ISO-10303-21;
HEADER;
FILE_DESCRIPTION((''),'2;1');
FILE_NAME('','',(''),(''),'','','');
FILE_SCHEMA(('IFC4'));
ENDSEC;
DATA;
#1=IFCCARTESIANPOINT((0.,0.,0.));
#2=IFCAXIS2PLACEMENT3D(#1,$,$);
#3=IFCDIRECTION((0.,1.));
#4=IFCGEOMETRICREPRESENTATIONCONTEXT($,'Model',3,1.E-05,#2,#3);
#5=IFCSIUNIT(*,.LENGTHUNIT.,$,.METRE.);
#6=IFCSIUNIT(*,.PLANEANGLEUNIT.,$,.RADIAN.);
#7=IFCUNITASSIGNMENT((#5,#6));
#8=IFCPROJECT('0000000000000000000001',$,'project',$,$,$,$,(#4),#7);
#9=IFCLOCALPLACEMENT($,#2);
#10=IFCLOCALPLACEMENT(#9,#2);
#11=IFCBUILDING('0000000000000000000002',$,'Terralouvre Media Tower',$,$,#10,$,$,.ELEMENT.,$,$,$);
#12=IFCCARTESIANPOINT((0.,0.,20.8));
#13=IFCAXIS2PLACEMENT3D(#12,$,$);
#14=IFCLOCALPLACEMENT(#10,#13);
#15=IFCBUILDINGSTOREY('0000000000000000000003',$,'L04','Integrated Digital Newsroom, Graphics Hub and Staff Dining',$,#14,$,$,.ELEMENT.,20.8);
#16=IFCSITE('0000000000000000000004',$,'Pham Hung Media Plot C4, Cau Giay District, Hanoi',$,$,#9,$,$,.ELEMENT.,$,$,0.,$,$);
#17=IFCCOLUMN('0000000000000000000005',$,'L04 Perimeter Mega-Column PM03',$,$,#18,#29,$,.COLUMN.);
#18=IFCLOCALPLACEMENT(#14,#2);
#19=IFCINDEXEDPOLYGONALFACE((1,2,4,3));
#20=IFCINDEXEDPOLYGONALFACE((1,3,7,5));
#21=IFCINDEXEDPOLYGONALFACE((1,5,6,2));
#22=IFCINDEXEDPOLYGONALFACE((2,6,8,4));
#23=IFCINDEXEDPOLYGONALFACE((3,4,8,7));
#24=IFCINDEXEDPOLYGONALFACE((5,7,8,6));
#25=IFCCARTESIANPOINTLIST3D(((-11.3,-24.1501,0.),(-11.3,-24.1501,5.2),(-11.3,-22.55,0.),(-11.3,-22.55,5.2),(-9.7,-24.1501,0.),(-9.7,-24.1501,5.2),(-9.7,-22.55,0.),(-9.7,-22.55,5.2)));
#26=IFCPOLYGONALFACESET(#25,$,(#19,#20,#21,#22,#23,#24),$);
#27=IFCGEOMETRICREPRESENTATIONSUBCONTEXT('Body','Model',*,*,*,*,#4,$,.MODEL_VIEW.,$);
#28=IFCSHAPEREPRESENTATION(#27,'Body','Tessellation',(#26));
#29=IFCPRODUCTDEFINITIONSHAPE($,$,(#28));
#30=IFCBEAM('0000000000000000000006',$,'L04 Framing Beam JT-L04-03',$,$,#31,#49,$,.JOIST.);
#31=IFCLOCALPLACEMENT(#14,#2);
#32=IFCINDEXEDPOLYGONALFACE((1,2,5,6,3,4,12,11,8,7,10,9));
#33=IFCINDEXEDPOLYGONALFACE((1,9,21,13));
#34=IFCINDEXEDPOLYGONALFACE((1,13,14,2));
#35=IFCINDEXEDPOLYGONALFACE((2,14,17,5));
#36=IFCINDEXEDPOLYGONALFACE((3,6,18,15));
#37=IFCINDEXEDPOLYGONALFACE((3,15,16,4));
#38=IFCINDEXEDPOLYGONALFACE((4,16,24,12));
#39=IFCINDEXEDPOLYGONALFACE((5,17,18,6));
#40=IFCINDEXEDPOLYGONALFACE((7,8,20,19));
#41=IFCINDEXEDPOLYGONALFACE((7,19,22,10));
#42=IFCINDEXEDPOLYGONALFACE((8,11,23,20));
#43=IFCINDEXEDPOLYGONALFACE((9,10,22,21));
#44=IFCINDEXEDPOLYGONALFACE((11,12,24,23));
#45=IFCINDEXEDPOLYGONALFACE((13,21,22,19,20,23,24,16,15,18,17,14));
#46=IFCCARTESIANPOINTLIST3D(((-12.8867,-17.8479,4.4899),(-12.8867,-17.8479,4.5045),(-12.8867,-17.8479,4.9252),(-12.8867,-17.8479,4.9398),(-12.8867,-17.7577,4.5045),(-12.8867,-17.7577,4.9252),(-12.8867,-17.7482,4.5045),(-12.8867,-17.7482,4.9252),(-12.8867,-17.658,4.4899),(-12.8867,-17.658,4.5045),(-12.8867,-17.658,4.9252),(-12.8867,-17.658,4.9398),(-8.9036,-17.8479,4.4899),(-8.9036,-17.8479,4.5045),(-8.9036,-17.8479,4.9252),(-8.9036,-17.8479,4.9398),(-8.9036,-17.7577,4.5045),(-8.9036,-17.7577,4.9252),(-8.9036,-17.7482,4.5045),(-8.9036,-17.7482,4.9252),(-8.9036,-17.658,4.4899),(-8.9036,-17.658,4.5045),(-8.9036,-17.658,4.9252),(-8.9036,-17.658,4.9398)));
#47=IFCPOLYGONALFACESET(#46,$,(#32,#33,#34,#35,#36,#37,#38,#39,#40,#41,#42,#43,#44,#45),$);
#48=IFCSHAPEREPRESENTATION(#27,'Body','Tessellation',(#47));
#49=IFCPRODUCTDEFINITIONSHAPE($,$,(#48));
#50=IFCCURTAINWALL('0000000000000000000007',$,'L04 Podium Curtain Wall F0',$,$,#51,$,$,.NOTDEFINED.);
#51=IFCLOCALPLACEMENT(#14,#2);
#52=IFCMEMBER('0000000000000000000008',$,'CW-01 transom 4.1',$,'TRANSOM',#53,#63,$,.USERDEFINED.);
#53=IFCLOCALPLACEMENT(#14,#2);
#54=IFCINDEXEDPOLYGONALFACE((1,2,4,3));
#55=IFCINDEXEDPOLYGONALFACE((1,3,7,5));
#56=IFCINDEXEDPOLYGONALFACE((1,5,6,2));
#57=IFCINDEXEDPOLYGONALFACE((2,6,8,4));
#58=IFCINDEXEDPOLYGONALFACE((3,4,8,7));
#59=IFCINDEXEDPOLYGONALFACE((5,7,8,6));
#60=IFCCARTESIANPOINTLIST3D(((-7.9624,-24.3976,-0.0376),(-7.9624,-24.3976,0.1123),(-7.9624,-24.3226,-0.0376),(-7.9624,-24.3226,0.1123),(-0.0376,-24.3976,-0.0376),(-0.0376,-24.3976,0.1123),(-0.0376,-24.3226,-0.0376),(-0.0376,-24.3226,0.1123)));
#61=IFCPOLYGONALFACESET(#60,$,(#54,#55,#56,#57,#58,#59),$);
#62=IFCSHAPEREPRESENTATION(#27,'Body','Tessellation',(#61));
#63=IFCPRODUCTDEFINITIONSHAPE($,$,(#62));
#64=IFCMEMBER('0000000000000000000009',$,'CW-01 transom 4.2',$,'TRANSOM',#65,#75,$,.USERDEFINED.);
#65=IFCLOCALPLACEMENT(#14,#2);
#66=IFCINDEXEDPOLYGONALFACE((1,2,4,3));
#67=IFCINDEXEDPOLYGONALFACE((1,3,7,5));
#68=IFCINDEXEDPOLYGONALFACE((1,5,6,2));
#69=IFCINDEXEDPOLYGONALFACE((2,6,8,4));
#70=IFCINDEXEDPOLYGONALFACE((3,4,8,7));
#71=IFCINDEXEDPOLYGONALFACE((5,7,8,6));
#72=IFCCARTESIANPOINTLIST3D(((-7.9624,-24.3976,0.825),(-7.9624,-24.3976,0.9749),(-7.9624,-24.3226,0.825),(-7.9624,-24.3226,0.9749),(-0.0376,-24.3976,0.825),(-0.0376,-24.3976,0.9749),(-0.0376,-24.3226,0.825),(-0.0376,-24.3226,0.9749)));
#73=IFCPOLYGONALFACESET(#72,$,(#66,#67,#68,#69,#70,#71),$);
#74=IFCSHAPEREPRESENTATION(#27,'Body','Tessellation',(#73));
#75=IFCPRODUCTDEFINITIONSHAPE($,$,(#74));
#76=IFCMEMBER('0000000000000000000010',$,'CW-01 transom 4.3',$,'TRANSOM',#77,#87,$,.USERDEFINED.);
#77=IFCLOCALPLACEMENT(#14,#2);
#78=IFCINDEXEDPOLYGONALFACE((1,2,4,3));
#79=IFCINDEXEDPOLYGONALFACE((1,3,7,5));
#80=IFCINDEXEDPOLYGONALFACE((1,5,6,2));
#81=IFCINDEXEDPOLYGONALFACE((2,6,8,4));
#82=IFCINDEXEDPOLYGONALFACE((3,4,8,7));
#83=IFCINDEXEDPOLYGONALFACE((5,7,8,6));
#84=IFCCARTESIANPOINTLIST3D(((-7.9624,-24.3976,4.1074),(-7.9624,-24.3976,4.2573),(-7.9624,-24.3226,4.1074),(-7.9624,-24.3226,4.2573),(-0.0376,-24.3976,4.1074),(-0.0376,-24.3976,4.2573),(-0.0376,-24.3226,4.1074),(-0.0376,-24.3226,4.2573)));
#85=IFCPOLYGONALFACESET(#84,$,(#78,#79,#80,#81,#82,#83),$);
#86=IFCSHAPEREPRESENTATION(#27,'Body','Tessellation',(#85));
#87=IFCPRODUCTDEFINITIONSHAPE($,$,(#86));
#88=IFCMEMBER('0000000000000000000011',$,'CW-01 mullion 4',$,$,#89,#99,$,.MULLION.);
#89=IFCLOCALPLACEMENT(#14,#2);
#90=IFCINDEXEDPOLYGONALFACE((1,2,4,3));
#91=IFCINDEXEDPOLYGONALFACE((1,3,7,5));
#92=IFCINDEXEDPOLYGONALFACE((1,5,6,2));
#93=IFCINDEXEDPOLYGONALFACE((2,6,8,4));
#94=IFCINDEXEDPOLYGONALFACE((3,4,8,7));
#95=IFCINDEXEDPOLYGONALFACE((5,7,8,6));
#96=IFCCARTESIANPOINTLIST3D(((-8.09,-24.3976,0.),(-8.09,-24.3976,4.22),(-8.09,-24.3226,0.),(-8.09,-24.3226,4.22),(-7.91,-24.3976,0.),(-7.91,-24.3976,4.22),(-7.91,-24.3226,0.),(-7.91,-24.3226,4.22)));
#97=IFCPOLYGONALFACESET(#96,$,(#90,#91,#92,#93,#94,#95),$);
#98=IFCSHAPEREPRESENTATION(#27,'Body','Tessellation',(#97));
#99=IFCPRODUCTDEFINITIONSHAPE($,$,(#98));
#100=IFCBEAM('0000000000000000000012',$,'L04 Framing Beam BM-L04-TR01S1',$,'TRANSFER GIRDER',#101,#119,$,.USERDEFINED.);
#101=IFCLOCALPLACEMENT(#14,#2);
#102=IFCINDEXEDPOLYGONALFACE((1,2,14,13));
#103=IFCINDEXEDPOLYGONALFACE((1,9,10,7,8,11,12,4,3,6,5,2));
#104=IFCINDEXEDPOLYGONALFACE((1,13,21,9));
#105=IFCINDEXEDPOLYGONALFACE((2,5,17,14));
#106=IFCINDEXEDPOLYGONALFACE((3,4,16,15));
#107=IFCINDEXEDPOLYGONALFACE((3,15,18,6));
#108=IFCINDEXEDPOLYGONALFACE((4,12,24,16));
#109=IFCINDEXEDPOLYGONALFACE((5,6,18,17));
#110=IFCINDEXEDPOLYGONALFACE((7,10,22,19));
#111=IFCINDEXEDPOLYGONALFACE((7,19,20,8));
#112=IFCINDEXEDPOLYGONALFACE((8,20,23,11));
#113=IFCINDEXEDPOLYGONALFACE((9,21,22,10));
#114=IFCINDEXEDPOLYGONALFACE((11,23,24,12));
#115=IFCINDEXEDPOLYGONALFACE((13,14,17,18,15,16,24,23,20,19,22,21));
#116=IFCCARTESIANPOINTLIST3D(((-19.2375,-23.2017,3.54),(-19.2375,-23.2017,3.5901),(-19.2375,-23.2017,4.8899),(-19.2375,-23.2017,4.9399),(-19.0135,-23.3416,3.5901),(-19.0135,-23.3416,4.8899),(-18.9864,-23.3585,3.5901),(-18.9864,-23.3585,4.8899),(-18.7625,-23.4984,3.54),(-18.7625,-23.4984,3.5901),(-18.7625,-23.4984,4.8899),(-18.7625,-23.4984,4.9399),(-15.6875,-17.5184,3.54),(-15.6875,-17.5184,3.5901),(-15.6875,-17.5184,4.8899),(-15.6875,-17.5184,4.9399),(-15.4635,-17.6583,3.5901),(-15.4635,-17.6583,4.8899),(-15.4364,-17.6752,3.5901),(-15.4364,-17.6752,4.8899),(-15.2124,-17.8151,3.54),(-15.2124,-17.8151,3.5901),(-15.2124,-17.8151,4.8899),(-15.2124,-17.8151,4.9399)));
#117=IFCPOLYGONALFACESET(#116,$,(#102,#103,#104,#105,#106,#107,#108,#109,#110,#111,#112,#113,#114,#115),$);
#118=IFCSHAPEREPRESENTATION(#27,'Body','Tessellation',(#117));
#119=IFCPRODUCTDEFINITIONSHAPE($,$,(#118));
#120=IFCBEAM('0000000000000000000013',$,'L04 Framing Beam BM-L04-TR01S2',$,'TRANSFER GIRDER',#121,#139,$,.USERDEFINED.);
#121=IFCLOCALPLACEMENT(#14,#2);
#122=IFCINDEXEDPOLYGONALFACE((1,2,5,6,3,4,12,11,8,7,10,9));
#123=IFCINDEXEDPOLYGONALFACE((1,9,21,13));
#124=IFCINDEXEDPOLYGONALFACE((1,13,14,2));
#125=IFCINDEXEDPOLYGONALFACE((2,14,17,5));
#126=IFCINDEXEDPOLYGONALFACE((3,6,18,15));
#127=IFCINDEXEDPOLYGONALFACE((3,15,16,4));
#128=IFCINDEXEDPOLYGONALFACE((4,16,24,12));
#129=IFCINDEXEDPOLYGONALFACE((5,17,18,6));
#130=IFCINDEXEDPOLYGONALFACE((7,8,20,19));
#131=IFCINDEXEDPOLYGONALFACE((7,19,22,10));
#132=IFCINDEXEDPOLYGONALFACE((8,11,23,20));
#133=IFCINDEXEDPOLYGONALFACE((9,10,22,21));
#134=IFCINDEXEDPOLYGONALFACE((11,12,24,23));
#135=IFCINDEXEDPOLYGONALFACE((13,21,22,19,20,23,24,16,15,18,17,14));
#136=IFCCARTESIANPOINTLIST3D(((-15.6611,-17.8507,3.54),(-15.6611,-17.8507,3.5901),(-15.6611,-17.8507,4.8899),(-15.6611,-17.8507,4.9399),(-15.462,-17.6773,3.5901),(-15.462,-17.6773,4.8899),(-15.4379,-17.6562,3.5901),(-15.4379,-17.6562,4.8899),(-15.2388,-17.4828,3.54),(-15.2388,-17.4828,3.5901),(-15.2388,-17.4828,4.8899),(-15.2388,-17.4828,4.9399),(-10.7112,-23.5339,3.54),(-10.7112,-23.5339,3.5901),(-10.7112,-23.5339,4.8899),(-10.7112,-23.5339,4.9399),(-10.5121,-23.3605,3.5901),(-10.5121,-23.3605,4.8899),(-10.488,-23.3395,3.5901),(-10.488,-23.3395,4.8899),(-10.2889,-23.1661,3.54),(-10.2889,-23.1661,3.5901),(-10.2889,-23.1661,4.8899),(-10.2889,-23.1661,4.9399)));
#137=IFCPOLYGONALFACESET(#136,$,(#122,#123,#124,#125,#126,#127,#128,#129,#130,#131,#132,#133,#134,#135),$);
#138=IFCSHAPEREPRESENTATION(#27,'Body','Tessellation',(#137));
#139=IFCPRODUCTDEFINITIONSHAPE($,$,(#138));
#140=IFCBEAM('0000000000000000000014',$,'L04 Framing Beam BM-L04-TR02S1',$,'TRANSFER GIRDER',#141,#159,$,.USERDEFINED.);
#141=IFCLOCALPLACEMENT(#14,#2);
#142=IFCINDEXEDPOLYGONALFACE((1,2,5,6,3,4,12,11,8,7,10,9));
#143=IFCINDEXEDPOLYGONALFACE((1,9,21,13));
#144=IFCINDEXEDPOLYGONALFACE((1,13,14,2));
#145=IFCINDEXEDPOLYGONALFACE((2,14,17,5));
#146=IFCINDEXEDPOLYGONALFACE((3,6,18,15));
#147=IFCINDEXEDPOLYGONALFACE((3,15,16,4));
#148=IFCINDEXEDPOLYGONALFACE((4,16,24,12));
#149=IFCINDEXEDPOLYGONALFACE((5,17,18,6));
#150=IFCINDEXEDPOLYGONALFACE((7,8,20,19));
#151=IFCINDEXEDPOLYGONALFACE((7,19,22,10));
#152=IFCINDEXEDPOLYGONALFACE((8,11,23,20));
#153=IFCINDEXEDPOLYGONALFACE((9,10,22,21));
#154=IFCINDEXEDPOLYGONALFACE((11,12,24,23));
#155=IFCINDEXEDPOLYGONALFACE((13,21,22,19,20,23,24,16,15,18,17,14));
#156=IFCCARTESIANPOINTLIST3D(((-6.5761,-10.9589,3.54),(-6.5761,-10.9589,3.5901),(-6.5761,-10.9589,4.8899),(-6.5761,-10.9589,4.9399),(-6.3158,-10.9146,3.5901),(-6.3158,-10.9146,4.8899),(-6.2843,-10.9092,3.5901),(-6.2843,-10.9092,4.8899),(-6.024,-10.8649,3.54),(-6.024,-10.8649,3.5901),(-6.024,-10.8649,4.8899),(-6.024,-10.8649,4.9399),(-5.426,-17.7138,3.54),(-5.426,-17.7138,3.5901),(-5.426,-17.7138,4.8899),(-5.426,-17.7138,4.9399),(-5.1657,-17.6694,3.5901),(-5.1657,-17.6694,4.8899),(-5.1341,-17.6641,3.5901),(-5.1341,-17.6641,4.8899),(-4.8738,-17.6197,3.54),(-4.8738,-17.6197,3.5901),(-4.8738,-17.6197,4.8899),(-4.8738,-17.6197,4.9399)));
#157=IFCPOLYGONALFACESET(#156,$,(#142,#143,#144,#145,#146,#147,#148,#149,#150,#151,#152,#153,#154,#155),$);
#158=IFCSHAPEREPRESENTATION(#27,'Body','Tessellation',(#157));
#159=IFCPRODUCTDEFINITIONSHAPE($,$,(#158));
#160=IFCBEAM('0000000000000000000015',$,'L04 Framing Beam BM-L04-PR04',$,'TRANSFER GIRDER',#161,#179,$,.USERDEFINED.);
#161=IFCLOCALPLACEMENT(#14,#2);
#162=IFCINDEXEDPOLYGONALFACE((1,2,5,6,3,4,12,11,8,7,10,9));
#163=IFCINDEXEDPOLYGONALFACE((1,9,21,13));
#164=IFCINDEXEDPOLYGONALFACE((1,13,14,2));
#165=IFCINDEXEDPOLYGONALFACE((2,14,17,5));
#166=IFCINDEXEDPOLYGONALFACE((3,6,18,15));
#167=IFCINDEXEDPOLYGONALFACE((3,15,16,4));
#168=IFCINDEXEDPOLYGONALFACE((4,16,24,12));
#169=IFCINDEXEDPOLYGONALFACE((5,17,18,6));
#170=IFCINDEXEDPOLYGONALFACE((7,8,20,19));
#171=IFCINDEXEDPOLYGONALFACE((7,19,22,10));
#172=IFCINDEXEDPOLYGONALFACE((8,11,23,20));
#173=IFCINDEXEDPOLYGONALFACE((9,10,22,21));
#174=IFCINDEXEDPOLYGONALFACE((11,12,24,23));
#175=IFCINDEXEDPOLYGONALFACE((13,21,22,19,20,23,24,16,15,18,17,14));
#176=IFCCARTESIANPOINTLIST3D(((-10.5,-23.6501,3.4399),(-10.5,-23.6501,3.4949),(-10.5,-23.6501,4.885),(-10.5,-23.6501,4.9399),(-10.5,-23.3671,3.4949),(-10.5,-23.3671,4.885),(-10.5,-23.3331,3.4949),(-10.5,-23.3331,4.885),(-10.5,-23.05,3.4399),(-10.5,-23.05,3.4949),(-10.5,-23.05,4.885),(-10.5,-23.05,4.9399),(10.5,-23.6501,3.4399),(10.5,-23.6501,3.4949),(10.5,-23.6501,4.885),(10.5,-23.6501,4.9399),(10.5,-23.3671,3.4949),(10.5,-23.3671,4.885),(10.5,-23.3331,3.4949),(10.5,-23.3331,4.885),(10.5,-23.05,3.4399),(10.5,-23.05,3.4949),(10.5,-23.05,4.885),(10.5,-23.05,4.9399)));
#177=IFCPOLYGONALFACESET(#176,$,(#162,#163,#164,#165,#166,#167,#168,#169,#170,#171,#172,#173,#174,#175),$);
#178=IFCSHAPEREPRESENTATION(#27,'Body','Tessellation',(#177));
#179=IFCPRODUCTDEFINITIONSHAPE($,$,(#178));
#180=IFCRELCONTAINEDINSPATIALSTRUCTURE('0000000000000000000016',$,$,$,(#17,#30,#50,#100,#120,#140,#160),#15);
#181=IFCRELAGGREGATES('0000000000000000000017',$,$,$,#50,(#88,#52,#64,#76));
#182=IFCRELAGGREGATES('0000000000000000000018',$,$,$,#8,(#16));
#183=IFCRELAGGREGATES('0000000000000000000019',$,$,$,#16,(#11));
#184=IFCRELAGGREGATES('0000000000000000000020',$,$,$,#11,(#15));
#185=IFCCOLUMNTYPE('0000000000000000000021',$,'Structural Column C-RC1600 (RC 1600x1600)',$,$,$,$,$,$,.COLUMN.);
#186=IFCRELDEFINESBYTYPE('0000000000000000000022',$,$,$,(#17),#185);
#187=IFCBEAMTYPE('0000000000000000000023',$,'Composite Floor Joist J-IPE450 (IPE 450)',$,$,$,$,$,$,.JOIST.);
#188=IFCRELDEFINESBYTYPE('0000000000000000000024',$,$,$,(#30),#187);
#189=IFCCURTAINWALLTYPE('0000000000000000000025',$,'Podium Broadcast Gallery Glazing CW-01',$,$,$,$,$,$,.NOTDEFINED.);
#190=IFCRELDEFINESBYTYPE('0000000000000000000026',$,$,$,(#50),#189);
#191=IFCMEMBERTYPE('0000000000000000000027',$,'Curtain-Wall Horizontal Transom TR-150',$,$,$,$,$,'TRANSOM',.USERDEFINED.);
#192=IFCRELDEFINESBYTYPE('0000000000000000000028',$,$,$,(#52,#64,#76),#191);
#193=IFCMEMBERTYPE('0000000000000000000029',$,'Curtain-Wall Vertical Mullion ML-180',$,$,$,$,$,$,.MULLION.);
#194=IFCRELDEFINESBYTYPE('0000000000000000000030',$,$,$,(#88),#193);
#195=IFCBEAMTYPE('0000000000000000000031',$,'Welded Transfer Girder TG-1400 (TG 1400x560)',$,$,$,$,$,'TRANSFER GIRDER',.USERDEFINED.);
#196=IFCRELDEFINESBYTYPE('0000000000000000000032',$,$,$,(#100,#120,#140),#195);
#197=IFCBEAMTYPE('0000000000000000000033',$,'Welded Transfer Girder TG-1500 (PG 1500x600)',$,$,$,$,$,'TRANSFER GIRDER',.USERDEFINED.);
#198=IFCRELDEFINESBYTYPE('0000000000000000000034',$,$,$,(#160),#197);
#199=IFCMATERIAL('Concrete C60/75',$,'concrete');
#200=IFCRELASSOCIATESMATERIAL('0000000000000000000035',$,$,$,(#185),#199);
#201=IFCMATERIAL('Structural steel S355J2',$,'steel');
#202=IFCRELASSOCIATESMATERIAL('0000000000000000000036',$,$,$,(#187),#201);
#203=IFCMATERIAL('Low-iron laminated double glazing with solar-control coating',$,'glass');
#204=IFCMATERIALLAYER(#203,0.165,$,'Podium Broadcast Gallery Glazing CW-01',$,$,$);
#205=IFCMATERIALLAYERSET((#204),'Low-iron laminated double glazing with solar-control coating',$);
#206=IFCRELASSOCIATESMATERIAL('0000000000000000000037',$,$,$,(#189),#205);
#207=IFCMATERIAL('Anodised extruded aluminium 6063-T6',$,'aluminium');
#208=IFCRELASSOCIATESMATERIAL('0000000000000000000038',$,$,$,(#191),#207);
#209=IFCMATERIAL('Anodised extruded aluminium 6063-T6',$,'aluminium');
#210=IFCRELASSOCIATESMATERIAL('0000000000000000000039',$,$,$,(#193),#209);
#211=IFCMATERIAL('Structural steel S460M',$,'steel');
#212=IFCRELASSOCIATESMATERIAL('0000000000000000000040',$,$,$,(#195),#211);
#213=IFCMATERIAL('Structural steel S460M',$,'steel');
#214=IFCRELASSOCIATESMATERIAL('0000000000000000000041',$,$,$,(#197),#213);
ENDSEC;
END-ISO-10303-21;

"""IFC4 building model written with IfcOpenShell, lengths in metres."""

from ifc_helpers import new_model, si_unit, direction, frame, origin, origin_2d, place, context, subcontext, project, spatial, rectangle, i_section, extrude, material, layer, layer_set, material_profile, profile_set, type_object, element, aggregate, save


model = new_model("IFC4")

# Units and contexts
model_context = context("Model", 3, precision=1e-05, world=origin(), true_north=direction((0.0, 1.0)))
body_context = subcontext(model_context, "Body", "Model", "MODEL_VIEW")
ifc_project = project(units=[si_unit("LENGTHUNIT", "METRE"), si_unit("PLANEANGLEUNIT", "RADIAN")], contexts=[model_context])

# Site, building, storey
site_placement = place(None, origin())
site = spatial("IfcSite", under=ifc_project, at=site_placement, Name="Pham Hung Media Plot C4, Cau Giay District, Hanoi", CompositionType="ELEMENT", RefElevation=0.0)
building_placement = place(site_placement, origin())
building = spatial("IfcBuilding", under=site, at=building_placement, Name="Terralouvre Media Tower", CompositionType="ELEMENT")
storey_placement = place(building_placement, frame((0.0, 0.0, 20.8)))
storey = spatial("IfcBuildingStorey", under=building, at=storey_placement, Name="L04", Description="Integrated Digital Newsroom, Graphics Hub and Staff Dining", CompositionType="ELEMENT", Elevation=20.8)

# Column
ifc_material_1 = material(Name="Concrete C60/75", Category="concrete")
ifc_material_profile_1 = material_profile(ifc_material_1, rectangle(XDim=1.6001, YDim=1.6001, at=origin_2d()), Name="RC 1600x1600")
ifc_profile_set_1 = profile_set([ifc_material_profile_1], Name="Concrete C60/75")
column_type = type_object("IfcColumnType", Name="Structural Column C-RC1600 (RC 1600x1600)", PredefinedType="COLUMN", material=ifc_profile_set_1)
column_placement = place(storey_placement, frame((-10.5, -23.3501, 0.0), z_axis=(0.0, 0.0, 1.0), x_axis=(1.0, 0.0, 0.0)))
element("IfcColumn", 1, at=column_placement, inside=storey, type_object=column_type, Name="L04 Perimeter Mega-Column PM03", PredefinedType="COLUMN", context=body_context, shape_type="SweptSolid", body=[
    extrude(rectangle(XDim=1.6001, YDim=1.6001, at=origin_2d()), origin(), (0.0, 0.0, 1.0), 5.2),
])

# Beam
ifc_material_2 = material(Name="Structural steel S355J2", Category="steel")
ifc_material_profile_2 = material_profile(ifc_material_2, i_section(OverallWidth=0.1899, OverallDepth=0.45, WebThickness=0.0095, FlangeThickness=0.0146, at=origin_2d()), Name="IPE 450")
ifc_profile_set_2 = profile_set([ifc_material_profile_2], Name="Structural steel S355J2")
beam_type_1 = type_object("IfcBeamType", Name="Composite Floor Joist J-IPE450 (IPE 450)", PredefinedType="JOIST", material=ifc_profile_set_2)
beam_1_placement = place(storey_placement, frame((-12.8867, -17.7529, 4.7148), z_axis=(1.0, 0.0, 0.0), x_axis=(0.0, 1.0, 0.0)))
element("IfcBeam", 2, at=beam_1_placement, inside=storey, type_object=beam_type_1, Name="L04 Framing Beam JT-L04-03", PredefinedType="JOIST", context=body_context, shape_type="SweptSolid", body=[
    extrude(i_section(OverallWidth=0.1899, OverallDepth=0.45, WebThickness=0.0095, FlangeThickness=0.0146, at=origin_2d()), origin(), (0.0, 0.0, 1.0), 3.9832),
])

# Curtain wall, members
ifc_material_3 = material(Name="Low-iron laminated double glazing with solar-control coating", Category="glass")
ifc_layer_1 = layer(ifc_material_3, 0.165, Name="Podium Broadcast Gallery Glazing CW-01")
ifc_layer_set_1 = layer_set([ifc_layer_1], Name="Low-iron laminated double glazing with solar-control coating")
curtain_wall_type = type_object("IfcCurtainWallType", Name="Podium Broadcast Gallery Glazing CW-01", PredefinedType="NOTDEFINED", material=ifc_layer_set_1)
curtain_wall_placement = place(storey_placement, origin())
curtain_wall = element("IfcCurtainWall", 3, at=curtain_wall_placement, inside=storey, type_object=curtain_wall_type, Name="L04 Podium Curtain Wall F0", PredefinedType="NOTDEFINED")
ifc_material_4 = material(Name="Anodised extruded aluminium 6063-T6", Category="aluminium")
ifc_material_profile_3 = material_profile(ifc_material_4, rectangle(XDim=0.075, YDim=0.1499, at=origin_2d()), Name="ALU 75x150")
ifc_profile_set_3 = profile_set([ifc_material_profile_3], Name="Anodised extruded aluminium 6063-T6")
member_type_1 = type_object("IfcMemberType", Name="Curtain-Wall Horizontal Transom TR-150", ElementType="TRANSOM", PredefinedType="USERDEFINED", material=ifc_profile_set_3)
member_1_placement = place(storey_placement, frame((-7.9624, -24.3601, 0.0374), z_axis=(1.0, 0.0, 0.0), x_axis=(0.0, 1.0, 0.0)))
member_1 = element("IfcMember", 4, at=member_1_placement, type_object=member_type_1, Name="CW-01 transom 4.1", ObjectType="TRANSOM", PredefinedType="USERDEFINED", context=body_context, shape_type="SweptSolid", body=[
    extrude(rectangle(XDim=0.075, YDim=0.1499, at=origin_2d()), origin(), (0.0, 0.0, 1.0), 7.9248),
])
member_2_placement = place(storey_placement, frame((-7.9624, -24.3601, 0.8999), z_axis=(1.0, 0.0, 0.0), x_axis=(0.0, 1.0, 0.0)))
member_2 = element("IfcMember", 5, at=member_2_placement, type_object=member_type_1, Name="CW-01 transom 4.2", ObjectType="TRANSOM", PredefinedType="USERDEFINED", context=body_context, shape_type="SweptSolid", body=[
    extrude(rectangle(XDim=0.075, YDim=0.1499, at=origin_2d()), origin(), (0.0, 0.0, 1.0), 7.9248),
])
member_3_placement = place(storey_placement, frame((-7.9624, -24.3601, 4.1824), z_axis=(1.0, 0.0, 0.0), x_axis=(0.0, 1.0, 0.0)))
member_3 = element("IfcMember", 6, at=member_3_placement, type_object=member_type_1, Name="CW-01 transom 4.3", ObjectType="TRANSOM", PredefinedType="USERDEFINED", context=body_context, shape_type="SweptSolid", body=[
    extrude(rectangle(XDim=0.075, YDim=0.1499, at=origin_2d()), origin(), (0.0, 0.0, 1.0), 7.9248),
])
ifc_material_5 = material(Name="Anodised extruded aluminium 6063-T6", Category="aluminium")
ifc_material_profile_4 = material_profile(ifc_material_5, rectangle(XDim=0.075, YDim=0.1799, at=origin_2d()), Name="ALU 75x180")
ifc_profile_set_4 = profile_set([ifc_material_profile_4], Name="Anodised extruded aluminium 6063-T6")
member_type_2 = type_object("IfcMemberType", Name="Curtain-Wall Vertical Mullion ML-180", PredefinedType="MULLION", material=ifc_profile_set_4)
member_4_placement = place(storey_placement, frame((-8.0, -24.3601, 0.0), z_axis=(0.0, 0.0, 1.0), x_axis=(0.0, 1.0, 0.0)))
member_4 = element("IfcMember", 7, at=member_4_placement, type_object=member_type_2, Name="CW-01 mullion 4", PredefinedType="MULLION", context=body_context, shape_type="SweptSolid", body=[
    extrude(rectangle(XDim=0.075, YDim=0.1799, at=origin_2d()), origin(), (0.0, 0.0, 1.0), 4.22),
])

# Beams
ifc_material_6 = material(Name="Structural steel S460M", Category="steel")
ifc_material_profile_5 = material_profile(ifc_material_6, i_section(OverallWidth=0.5601, OverallDepth=1.3999, WebThickness=0.032, FlangeThickness=0.05, at=origin_2d()), Name="TG 1400x560")
ifc_profile_set_5 = profile_set([ifc_material_profile_5], Name="Structural steel S460M")
beam_type_2 = type_object("IfcBeamType", Name="Welded Transfer Girder TG-1400 (TG 1400x560)", ElementType="TRANSFER GIRDER", PredefinedType="USERDEFINED", material=ifc_profile_set_5)
beam_2_placement = place(storey_placement, frame((-15.45, -17.6667, 4.24), z_axis=(-0.52978, -0.848135, 0.0), x_axis=(0.848135, -0.52978, 0.0)))
element("IfcBeam", 8, at=beam_2_placement, inside=storey, type_object=beam_type_2, Name="L04 Framing Beam BM-L04-TR01S1", ObjectType="TRANSFER GIRDER", PredefinedType="USERDEFINED", context=body_context, shape_type="SweptSolid", body=[
    extrude(i_section(OverallWidth=0.5601, OverallDepth=1.3999, WebThickness=0.032, FlangeThickness=0.05, at=origin_2d()), origin(), (0.0, 0.0, 1.0), 6.7009),
])
beam_3_placement = place(storey_placement, frame((-15.45, -17.6667, 4.24), z_axis=(0.656776, -0.754086, 0.0), x_axis=(0.754086, 0.656776, 0.0)))
element("IfcBeam", 9, at=beam_3_placement, inside=storey, type_object=beam_type_2, Name="L04 Framing Beam BM-L04-TR01S2", ObjectType="TRANSFER GIRDER", PredefinedType="USERDEFINED", context=body_context, shape_type="SweptSolid", body=[
    extrude(i_section(OverallWidth=0.5601, OverallDepth=1.3999, WebThickness=0.032, FlangeThickness=0.05, at=origin_2d()), origin(), (0.0, 0.0, 1.0), 7.5366),
])
beam_4_placement = place(storey_placement, frame((-5.1499, -17.6667, 4.24), z_axis=(-0.167853, 0.985812, 0.0), x_axis=(-0.985812, -0.167853, 0.0)))
element("IfcBeam", 10, at=beam_4_placement, inside=storey, type_object=beam_type_2, Name="L04 Framing Beam BM-L04-TR02S1", ObjectType="TRANSFER GIRDER", PredefinedType="USERDEFINED", context=body_context, shape_type="SweptSolid", body=[
    extrude(i_section(OverallWidth=0.5601, OverallDepth=1.3999, WebThickness=0.032, FlangeThickness=0.05, at=origin_2d()), origin(), (0.0, 0.0, 1.0), 6.8521),
])
ifc_material_7 = material(Name="Structural steel S460M", Category="steel")
ifc_material_profile_6 = material_profile(ifc_material_7, i_section(OverallWidth=0.6001, OverallDepth=1.5, WebThickness=0.0339, FlangeThickness=0.0549, at=origin_2d()), Name="PG 1500x600")
ifc_profile_set_6 = profile_set([ifc_material_profile_6], Name="Structural steel S460M")
beam_type_3 = type_object("IfcBeamType", Name="Welded Transfer Girder TG-1500 (PG 1500x600)", ElementType="TRANSFER GIRDER", PredefinedType="USERDEFINED", material=ifc_profile_set_6)
beam_5_placement = place(storey_placement, frame((-10.5, -23.3501, 4.1899), z_axis=(1.0, 0.0, 0.0), x_axis=(0.0, 1.0, 0.0)))
element("IfcBeam", 11, at=beam_5_placement, inside=storey, type_object=beam_type_3, Name="L04 Framing Beam BM-L04-PR04", ObjectType="TRANSFER GIRDER", PredefinedType="USERDEFINED", context=body_context, shape_type="SweptSolid", body=[
    extrude(i_section(OverallWidth=0.6001, OverallDepth=1.5, WebThickness=0.0339, FlangeThickness=0.0549, at=origin_2d()), origin(), (0.0, 0.0, 1.0), 21.0),
])

aggregate(curtain_wall, [member_4, member_1, member_2, member_3])

save(model, "model.ifc")
